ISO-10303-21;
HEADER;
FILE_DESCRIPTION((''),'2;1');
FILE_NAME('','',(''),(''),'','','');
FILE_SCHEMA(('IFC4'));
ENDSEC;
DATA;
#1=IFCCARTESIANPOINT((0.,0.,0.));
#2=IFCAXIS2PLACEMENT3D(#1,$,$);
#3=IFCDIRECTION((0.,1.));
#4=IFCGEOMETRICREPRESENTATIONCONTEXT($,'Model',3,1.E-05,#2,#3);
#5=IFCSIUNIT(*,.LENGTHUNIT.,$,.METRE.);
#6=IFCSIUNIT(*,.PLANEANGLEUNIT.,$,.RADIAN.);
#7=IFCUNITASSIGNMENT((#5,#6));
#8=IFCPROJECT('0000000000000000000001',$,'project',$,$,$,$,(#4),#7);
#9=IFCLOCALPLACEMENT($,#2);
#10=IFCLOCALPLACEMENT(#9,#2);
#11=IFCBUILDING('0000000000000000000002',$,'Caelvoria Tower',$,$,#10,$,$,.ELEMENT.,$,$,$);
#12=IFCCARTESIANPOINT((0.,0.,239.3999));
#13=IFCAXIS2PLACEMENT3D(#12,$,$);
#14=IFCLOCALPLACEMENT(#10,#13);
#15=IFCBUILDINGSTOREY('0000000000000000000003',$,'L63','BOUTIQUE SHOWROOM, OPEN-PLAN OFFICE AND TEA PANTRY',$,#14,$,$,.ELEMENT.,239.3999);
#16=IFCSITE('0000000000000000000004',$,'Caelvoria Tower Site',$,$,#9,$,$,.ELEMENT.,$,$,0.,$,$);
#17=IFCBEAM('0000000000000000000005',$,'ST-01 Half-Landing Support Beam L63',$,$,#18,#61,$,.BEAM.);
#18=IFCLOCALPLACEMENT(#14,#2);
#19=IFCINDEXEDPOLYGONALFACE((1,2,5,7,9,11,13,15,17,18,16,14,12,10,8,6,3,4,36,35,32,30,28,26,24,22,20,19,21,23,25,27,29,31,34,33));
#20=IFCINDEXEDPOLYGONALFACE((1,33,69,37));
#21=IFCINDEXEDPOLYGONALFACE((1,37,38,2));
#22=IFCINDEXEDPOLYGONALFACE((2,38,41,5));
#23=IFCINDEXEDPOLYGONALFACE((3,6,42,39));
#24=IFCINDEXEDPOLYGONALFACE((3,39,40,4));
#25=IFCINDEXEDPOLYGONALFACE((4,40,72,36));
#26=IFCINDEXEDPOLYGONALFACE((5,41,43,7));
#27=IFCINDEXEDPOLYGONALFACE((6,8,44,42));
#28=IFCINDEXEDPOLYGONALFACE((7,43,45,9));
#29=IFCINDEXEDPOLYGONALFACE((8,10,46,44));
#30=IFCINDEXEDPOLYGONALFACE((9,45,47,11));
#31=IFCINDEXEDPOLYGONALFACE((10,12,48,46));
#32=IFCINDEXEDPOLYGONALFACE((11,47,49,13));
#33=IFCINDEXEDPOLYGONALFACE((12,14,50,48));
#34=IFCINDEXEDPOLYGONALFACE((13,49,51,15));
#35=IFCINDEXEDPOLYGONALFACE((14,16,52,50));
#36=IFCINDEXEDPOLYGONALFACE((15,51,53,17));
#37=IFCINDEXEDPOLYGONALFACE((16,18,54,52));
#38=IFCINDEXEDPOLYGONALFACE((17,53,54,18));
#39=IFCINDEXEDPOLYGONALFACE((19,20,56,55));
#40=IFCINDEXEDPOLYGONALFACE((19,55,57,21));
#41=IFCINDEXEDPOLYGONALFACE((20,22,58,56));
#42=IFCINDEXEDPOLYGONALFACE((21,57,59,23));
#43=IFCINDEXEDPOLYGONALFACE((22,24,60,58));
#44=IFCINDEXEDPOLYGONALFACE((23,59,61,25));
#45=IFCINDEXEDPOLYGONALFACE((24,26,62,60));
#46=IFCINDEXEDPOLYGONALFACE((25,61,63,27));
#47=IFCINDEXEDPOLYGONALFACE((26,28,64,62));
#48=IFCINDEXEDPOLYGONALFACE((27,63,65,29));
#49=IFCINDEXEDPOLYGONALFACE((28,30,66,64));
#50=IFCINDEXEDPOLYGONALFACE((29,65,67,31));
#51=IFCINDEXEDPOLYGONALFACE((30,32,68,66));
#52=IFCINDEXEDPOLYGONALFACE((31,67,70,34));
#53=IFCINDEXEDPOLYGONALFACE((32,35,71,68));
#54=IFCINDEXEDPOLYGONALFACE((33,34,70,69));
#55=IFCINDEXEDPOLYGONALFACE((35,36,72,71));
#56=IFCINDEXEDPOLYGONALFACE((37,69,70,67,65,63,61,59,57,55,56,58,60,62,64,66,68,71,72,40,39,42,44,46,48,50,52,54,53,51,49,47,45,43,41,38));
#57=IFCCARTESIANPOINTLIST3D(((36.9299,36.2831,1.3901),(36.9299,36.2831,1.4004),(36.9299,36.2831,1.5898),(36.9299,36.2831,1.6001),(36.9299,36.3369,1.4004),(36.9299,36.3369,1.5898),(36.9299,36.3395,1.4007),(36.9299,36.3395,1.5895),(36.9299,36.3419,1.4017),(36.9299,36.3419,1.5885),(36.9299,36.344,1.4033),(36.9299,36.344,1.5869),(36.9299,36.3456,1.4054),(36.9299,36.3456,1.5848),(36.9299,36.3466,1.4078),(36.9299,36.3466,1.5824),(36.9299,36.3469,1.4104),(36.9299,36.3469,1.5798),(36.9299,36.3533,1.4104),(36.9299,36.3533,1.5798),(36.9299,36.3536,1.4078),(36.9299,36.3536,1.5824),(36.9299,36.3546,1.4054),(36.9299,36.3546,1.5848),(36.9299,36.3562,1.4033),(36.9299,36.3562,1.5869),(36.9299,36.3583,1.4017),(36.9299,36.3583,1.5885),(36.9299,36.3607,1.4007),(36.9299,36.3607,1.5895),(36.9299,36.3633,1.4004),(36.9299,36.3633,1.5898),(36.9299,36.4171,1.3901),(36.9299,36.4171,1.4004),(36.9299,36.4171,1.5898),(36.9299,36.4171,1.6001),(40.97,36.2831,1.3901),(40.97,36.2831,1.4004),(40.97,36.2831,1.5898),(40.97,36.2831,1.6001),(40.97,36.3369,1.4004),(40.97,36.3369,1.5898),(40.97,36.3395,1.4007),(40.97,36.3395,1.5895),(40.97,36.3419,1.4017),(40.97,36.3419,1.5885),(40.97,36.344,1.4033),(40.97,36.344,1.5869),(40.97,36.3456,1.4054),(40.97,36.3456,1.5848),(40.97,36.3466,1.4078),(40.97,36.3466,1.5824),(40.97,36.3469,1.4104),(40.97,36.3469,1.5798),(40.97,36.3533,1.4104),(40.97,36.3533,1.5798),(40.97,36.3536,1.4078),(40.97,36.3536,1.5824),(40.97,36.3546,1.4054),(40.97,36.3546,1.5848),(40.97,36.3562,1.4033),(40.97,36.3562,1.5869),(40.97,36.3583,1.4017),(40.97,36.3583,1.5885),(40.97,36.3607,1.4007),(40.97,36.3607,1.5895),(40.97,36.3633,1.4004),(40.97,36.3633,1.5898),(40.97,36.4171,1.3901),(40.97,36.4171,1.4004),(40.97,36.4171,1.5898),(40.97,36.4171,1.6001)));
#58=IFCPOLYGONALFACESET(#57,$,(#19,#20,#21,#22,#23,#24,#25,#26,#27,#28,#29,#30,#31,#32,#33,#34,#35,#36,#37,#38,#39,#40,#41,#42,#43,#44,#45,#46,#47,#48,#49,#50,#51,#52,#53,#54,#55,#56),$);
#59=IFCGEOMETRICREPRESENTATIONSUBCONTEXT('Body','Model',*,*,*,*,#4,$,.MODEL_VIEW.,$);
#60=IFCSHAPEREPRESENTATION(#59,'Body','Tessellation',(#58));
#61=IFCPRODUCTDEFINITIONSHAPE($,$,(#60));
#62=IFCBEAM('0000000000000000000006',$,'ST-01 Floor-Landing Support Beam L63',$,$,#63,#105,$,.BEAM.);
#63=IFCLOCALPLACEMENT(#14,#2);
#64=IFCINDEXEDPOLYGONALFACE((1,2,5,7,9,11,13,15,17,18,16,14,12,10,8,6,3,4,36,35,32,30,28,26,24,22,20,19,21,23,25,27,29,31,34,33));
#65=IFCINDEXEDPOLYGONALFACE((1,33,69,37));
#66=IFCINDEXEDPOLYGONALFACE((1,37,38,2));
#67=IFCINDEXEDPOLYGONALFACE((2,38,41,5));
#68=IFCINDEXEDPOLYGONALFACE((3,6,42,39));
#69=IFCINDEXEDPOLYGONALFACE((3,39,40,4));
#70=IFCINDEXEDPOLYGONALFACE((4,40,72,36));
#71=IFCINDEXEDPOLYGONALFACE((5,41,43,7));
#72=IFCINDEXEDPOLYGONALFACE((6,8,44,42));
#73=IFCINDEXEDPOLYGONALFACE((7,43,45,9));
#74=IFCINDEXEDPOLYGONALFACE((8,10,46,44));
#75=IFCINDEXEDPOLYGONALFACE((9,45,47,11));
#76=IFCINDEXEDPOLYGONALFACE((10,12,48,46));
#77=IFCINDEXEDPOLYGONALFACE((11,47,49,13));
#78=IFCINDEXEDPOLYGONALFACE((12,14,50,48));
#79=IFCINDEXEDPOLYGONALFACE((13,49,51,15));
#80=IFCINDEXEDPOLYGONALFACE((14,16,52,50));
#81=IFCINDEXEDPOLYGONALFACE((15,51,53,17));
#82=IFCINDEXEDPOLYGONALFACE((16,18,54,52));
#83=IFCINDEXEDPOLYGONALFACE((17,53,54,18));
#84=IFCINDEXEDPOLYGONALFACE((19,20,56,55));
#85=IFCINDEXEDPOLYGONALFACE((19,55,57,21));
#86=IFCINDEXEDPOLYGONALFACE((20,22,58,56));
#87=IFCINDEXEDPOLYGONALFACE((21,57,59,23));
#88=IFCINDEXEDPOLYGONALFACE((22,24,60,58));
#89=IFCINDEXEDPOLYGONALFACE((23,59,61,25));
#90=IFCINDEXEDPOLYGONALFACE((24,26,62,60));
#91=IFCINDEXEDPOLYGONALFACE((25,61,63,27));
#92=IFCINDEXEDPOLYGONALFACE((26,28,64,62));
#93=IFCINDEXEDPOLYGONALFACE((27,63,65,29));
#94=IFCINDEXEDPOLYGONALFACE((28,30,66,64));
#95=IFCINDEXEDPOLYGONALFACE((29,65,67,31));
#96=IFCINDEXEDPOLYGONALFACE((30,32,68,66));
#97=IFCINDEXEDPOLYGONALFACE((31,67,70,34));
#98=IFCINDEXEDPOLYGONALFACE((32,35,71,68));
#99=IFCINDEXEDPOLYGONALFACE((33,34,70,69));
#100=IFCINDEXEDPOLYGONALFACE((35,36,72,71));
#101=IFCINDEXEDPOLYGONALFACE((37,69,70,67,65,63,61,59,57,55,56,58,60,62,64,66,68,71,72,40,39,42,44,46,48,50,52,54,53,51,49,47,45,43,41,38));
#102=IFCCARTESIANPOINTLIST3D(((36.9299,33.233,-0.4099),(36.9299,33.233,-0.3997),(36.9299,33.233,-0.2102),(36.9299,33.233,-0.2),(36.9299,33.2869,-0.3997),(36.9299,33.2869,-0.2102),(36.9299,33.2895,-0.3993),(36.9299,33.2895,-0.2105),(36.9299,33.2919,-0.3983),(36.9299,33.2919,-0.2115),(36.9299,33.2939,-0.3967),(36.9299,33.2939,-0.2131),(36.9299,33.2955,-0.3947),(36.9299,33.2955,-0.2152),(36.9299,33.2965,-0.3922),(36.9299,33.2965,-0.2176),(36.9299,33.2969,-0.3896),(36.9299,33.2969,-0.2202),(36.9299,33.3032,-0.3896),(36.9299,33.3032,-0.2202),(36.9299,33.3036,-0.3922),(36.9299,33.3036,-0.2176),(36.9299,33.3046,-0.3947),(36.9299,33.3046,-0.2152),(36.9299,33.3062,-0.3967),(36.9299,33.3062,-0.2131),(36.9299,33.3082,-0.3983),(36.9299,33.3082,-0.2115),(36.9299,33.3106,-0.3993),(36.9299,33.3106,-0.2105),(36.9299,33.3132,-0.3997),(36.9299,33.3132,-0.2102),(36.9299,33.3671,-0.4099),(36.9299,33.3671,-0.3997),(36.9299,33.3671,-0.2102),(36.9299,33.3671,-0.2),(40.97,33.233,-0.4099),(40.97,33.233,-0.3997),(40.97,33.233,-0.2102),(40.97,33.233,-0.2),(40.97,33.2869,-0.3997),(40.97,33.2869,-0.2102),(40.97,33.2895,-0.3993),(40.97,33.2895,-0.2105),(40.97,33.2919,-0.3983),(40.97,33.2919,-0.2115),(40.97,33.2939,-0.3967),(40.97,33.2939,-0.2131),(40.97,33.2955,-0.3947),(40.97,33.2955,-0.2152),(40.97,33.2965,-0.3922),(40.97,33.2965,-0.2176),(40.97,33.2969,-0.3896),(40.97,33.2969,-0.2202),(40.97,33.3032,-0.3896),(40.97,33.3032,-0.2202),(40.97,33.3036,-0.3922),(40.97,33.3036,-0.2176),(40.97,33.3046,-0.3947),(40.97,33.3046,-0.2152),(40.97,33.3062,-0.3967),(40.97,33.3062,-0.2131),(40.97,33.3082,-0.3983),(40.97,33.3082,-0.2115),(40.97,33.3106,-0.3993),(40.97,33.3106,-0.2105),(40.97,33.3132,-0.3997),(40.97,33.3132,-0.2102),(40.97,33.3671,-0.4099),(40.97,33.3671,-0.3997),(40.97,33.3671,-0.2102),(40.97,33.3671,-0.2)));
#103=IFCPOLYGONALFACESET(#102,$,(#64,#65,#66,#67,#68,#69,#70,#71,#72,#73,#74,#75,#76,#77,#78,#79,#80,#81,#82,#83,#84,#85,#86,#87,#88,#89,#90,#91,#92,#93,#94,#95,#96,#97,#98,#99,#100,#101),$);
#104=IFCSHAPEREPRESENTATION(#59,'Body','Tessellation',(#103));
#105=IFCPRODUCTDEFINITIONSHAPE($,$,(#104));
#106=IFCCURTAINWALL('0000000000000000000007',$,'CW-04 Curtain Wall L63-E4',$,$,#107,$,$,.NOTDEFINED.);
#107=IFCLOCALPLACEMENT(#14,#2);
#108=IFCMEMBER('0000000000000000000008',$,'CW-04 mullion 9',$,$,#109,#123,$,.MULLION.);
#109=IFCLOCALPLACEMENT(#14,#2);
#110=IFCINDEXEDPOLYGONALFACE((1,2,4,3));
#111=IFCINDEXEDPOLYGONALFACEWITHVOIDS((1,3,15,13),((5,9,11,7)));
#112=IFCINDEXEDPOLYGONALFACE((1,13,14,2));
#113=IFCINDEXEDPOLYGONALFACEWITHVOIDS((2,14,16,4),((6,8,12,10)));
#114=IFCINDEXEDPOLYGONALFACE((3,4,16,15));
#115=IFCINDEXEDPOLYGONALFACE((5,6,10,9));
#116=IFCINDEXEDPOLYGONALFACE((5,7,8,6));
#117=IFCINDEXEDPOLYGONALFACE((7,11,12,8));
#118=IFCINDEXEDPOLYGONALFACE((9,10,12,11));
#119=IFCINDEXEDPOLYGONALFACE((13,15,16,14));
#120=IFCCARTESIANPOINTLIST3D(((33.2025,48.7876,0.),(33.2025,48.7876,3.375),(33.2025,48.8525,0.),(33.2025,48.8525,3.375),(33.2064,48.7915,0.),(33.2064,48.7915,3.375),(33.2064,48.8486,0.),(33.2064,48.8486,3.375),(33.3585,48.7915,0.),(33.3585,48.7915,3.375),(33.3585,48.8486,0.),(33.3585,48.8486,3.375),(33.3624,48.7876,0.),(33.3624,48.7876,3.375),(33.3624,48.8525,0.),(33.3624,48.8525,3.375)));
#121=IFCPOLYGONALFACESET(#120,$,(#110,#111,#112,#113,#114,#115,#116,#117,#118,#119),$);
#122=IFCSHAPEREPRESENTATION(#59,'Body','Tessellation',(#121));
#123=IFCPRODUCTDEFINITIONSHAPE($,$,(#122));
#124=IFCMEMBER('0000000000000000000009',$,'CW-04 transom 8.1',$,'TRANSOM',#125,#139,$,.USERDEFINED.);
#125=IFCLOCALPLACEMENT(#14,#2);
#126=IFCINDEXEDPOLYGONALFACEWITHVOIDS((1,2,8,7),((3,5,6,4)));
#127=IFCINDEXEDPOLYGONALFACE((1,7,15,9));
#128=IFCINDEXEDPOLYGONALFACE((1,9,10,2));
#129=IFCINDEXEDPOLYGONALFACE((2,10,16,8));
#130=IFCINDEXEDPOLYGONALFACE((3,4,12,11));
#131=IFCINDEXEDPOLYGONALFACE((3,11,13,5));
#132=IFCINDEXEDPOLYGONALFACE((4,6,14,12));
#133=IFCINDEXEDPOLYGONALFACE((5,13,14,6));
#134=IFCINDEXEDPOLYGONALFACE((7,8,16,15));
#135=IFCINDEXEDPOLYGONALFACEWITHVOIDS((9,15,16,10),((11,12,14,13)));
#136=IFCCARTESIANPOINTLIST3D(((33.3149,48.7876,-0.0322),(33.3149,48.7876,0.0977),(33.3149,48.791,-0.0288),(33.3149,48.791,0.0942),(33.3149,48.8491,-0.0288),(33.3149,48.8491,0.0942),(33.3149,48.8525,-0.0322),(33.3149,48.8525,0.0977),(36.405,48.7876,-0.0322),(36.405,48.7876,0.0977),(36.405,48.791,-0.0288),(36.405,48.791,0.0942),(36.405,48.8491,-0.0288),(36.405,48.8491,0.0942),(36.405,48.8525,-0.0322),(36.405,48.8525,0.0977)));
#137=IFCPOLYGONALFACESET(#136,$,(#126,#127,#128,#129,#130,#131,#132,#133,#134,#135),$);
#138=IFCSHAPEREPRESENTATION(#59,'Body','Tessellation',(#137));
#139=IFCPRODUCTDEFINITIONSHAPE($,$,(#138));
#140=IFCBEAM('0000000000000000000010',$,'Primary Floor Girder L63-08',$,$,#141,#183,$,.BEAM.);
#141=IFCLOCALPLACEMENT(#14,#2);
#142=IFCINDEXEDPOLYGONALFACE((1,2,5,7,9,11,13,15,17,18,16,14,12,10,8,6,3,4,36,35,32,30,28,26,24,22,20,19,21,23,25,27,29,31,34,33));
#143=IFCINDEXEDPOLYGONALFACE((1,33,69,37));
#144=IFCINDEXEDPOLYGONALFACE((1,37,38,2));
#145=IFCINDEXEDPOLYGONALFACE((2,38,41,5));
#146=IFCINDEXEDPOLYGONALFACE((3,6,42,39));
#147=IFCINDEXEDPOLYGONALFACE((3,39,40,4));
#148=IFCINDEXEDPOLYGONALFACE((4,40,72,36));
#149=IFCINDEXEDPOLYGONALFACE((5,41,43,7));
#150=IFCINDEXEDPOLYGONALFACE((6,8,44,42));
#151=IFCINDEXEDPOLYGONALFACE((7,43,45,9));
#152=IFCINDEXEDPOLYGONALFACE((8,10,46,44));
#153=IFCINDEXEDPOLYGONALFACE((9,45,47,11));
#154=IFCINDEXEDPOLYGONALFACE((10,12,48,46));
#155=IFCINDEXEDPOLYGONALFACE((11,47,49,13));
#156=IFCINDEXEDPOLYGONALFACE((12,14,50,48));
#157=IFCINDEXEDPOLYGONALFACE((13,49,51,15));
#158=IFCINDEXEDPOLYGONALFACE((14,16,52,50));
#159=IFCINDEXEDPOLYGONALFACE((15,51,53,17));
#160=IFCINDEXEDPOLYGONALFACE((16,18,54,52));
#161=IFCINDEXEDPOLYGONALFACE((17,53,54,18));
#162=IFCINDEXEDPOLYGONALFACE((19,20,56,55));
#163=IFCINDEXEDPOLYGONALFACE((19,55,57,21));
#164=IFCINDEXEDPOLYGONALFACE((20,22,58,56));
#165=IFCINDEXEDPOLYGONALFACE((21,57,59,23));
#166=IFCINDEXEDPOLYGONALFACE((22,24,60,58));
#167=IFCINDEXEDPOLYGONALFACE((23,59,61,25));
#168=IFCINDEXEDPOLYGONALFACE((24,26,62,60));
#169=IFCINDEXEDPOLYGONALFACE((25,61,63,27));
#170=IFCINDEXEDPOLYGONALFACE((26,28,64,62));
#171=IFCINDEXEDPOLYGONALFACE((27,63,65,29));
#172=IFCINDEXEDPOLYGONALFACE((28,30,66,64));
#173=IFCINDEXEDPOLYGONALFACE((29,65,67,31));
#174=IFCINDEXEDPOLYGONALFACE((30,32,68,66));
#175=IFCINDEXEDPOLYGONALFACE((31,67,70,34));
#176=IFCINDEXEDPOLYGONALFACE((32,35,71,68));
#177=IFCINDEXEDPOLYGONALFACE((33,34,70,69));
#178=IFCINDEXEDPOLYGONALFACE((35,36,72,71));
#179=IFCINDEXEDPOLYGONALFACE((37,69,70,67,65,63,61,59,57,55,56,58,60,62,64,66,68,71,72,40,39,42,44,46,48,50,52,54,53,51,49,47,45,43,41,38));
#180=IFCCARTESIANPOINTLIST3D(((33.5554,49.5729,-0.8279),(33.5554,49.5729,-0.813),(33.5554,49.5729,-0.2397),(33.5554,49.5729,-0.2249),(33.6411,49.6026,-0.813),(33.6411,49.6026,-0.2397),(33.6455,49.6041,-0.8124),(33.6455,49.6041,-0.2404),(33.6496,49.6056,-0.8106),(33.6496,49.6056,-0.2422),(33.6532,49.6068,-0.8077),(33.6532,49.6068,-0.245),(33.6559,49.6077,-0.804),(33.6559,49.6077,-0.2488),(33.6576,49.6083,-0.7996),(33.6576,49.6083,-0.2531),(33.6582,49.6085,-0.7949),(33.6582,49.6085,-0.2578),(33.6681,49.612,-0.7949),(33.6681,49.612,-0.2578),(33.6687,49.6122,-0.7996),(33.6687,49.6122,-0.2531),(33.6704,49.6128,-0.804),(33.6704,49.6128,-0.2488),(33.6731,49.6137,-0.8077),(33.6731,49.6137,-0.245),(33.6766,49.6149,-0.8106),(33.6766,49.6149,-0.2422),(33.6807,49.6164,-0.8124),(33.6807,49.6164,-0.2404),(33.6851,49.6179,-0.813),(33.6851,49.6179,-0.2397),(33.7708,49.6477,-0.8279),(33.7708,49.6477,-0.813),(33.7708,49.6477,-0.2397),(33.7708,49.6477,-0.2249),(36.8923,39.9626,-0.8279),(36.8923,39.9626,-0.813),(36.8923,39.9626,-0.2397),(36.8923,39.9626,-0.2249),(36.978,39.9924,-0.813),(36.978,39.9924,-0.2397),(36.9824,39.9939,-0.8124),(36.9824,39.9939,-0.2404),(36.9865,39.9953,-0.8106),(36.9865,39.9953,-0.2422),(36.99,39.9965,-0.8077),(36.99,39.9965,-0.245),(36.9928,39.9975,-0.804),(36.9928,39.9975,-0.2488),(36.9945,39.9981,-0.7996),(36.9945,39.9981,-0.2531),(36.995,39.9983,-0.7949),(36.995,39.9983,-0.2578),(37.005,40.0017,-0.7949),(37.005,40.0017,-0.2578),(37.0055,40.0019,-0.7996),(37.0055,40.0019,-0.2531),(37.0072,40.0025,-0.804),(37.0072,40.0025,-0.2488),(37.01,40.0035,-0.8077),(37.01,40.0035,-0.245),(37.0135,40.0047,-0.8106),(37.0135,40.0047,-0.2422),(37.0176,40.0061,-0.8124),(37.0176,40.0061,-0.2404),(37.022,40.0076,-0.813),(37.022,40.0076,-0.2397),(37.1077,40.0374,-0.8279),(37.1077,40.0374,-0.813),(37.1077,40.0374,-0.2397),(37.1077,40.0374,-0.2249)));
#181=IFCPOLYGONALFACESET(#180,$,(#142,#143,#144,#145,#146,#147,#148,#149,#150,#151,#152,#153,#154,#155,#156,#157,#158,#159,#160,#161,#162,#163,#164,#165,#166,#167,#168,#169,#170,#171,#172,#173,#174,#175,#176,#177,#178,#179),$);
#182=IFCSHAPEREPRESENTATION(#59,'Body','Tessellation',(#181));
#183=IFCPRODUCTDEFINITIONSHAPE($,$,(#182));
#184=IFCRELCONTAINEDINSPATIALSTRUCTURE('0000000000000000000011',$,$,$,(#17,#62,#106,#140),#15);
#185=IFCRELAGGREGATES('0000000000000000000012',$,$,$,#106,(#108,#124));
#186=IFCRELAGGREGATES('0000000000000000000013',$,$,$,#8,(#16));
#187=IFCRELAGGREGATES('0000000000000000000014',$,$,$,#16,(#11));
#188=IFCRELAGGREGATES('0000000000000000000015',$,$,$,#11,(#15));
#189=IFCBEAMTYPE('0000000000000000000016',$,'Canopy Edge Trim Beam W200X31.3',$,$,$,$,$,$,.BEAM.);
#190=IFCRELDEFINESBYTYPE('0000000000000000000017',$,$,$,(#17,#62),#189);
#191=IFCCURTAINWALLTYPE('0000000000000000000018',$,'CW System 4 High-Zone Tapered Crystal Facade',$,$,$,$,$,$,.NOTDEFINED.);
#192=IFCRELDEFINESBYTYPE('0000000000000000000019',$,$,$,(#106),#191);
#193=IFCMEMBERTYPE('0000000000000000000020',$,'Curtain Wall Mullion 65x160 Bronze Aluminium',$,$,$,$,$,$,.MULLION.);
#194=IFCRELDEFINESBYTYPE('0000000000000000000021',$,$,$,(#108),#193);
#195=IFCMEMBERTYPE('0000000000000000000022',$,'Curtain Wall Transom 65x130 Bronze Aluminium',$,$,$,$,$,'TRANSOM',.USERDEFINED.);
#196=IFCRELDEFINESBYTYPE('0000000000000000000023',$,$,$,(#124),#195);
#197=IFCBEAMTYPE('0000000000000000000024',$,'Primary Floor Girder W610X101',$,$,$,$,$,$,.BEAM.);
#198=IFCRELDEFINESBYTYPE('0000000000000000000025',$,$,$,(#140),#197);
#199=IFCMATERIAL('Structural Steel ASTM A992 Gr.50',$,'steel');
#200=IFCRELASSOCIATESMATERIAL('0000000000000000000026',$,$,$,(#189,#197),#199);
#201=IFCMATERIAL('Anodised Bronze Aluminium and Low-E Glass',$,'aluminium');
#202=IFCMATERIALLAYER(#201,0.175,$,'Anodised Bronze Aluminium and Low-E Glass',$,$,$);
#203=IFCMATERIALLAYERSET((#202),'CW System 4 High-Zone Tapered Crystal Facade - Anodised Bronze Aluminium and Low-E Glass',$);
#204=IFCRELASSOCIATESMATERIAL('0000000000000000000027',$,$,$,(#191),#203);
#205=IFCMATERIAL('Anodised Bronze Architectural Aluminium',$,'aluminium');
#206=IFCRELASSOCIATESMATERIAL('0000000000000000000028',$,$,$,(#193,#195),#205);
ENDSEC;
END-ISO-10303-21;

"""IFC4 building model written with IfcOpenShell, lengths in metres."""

from ifc_helpers import new_model, si_unit, direction, frame, origin, origin_2d, place, context, subcontext, project, spatial, hollow_rectangle, i_section, extrude, material, layer, layer_set, material_profile, profile_set, type_object, element, aggregate, save


model = new_model("IFC4")

# Units and contexts
model_context = context("Model", 3, precision=1e-05, world=origin(), true_north=direction((0.0, 1.0)))
body_context = subcontext(model_context, "Body", "Model", "MODEL_VIEW")
ifc_project = project(units=[si_unit("LENGTHUNIT", "METRE"), si_unit("PLANEANGLEUNIT", "RADIAN")], contexts=[model_context])

# Site, building, storey
site_placement = place(None, origin())
site = spatial("IfcSite", under=ifc_project, at=site_placement, Name="Caelvoria Tower Site", CompositionType="ELEMENT", RefElevation=0.0)
building_placement = place(site_placement, origin())
building = spatial("IfcBuilding", under=site, at=building_placement, Name="Caelvoria Tower", CompositionType="ELEMENT")
storey_placement = place(building_placement, frame((0.0, 0.0, 239.3999)))
storey = spatial("IfcBuildingStorey", under=building, at=storey_placement, Name="L63", Description="BOUTIQUE SHOWROOM, OPEN-PLAN OFFICE AND TEA PANTRY", CompositionType="ELEMENT", Elevation=239.3999)

# Beams
ifc_material_1 = material(Name="Structural Steel ASTM A992 Gr.50", Category="steel")
ifc_material_profile_1 = material_profile(ifc_material_1, i_section(OverallWidth=0.134, OverallDepth=0.21, WebThickness=0.0063, FlangeThickness=0.0103, FilletRadius=0.01, at=origin_2d()), Name="Structural Steel ASTM A992 Gr.50")
ifc_profile_set_1 = profile_set([ifc_material_profile_1], Name="W200X31.3 - Structural Steel ASTM A992 Gr.50")
beam_type_1 = type_object("IfcBeamType", Name="Canopy Edge Trim Beam W200X31.3", PredefinedType="BEAM", material=ifc_profile_set_1)
for number, where, z_axis, x_axis, name in (
    (1, (36.9299, 36.3501, 1.4951), (1.0, 0.0, 0.0), (0.0, 1.0, 0.0), "ST-01 Half-Landing Support Beam L63"),
    (2, (36.9299, 33.3, -0.3049), (1.0, 0.0, 0.0), (0.0, 1.0, 0.0), "ST-01 Floor-Landing Support Beam L63"),
):
    element("IfcBeam", number, at=place(storey_placement, frame(where, z_axis=z_axis, x_axis=x_axis)), inside=storey, type_object=beam_type_1, Name=name, PredefinedType="BEAM", context=body_context, shape_type="SweptSolid", body=[
        extrude(i_section(OverallWidth=0.134, OverallDepth=0.21, WebThickness=0.0063, FlangeThickness=0.0103, FilletRadius=0.01, at=origin_2d()), origin(), (0.0, 0.0, 1.0), 4.04),
    ])

# Curtain wall, members
ifc_material_2 = material(Name="Anodised Bronze Aluminium and Low-E Glass", Category="aluminium")
ifc_layer_1 = layer(ifc_material_2, 0.175, Name="Anodised Bronze Aluminium and Low-E Glass")
ifc_layer_set_1 = layer_set([ifc_layer_1], Name="CW System 4 High-Zone Tapered Crystal Facade - Anodised Bronze Aluminium and Low-E Glass")
curtain_wall_type = type_object("IfcCurtainWallType", Name="CW System 4 High-Zone Tapered Crystal Facade", PredefinedType="NOTDEFINED", material=ifc_layer_set_1)
curtain_wall_placement = place(storey_placement, origin())
curtain_wall = element("IfcCurtainWall", 3, at=curtain_wall_placement, inside=storey, type_object=curtain_wall_type, Name="CW-04 Curtain Wall L63-E4", PredefinedType="NOTDEFINED")
ifc_material_3 = material(Name="Anodised Bronze Architectural Aluminium", Category="aluminium")
ifc_material_profile_2 = material_profile(ifc_material_3, hollow_rectangle(XDim=0.0649, YDim=0.1599, WallThickness=0.0039, at=origin_2d()), Name="Anodised Bronze Architectural Aluminium")
ifc_profile_set_2 = profile_set([ifc_material_profile_2], Name="CW_MULL_65X160 - Anodised Bronze Architectural Aluminium")
member_type_1 = type_object("IfcMemberType", Name="Curtain Wall Mullion 65x160 Bronze Aluminium", PredefinedType="MULLION", material=ifc_profile_set_2)
member_1_placement = place(storey_placement, frame((33.2825, 48.8201, 0.0), z_axis=(0.0, 0.0, 1.0), x_axis=(0.0, -1.0, 0.0)))
member_1 = element("IfcMember", 4, at=member_1_placement, type_object=member_type_1, Name="CW-04 mullion 9", PredefinedType="MULLION", context=body_context, shape_type="SweptSolid", body=[
    extrude(hollow_rectangle(XDim=0.0649, YDim=0.1599, WallThickness=0.0039, at=origin_2d()), origin(), (0.0, 0.0, 1.0), 3.375),
])
ifc_material_profile_3 = material_profile(ifc_material_3, hollow_rectangle(XDim=0.0649, YDim=0.1299, WallThickness=0.0034, at=origin_2d()), Name="Anodised Bronze Architectural Aluminium")
ifc_profile_set_3 = profile_set([ifc_material_profile_3], Name="CW_TRAN_65X130 - Anodised Bronze Architectural Aluminium")
member_type_2 = type_object("IfcMemberType", Name="Curtain Wall Transom 65x130 Bronze Aluminium", ElementType="TRANSOM", PredefinedType="USERDEFINED", material=ifc_profile_set_3)
member_2_placement = place(storey_placement, frame((36.405, 48.8201, 0.0327), z_axis=(-1.0, 0.0, 0.0), x_axis=(0.0, -1.0, 0.0)))
member_2 = element("IfcMember", 5, at=member_2_placement, type_object=member_type_2, Name="CW-04 transom 8.1", ObjectType="TRANSOM", PredefinedType="USERDEFINED", context=body_context, shape_type="SweptSolid", body=[
    extrude(hollow_rectangle(XDim=0.0649, YDim=0.1299, WallThickness=0.0034, at=origin_2d()), origin(), (0.0, 0.0, 1.0), 3.0901),
])

# Beam
ifc_material_profile_4 = material_profile(ifc_material_1, i_section(OverallWidth=0.228, OverallDepth=0.603, WebThickness=0.0105, FlangeThickness=0.0149, FilletRadius=0.0181, at=origin_2d()), Name="Structural Steel ASTM A992 Gr.50")
ifc_profile_set_4 = profile_set([ifc_material_profile_4], Name="W610X101 - Structural Steel ASTM A992 Gr.50")
beam_type_2 = type_object("IfcBeamType", Name="Primary Floor Girder W610X101", PredefinedType="BEAM", material=ifc_profile_set_4)
beam_1_placement = place(storey_placement, frame((37.0, 40.0, -0.5264), z_axis=(-0.32801, 0.944674, 0.0), x_axis=(-0.944674, -0.32801, 0.0)))
element("IfcBeam", 6, at=beam_1_placement, inside=storey, type_object=beam_type_2, Name="Primary Floor Girder L63-08", PredefinedType="BEAM", context=body_context, shape_type="SweptSolid", body=[
    extrude(i_section(OverallWidth=0.228, OverallDepth=0.603, WebThickness=0.0105, FlangeThickness=0.0149, FilletRadius=0.0181, at=origin_2d()), origin(), (0.0, 0.0, 1.0), 10.1731),
])

aggregate(curtain_wall, [member_1, member_2])

save(model, "model.ifc")
